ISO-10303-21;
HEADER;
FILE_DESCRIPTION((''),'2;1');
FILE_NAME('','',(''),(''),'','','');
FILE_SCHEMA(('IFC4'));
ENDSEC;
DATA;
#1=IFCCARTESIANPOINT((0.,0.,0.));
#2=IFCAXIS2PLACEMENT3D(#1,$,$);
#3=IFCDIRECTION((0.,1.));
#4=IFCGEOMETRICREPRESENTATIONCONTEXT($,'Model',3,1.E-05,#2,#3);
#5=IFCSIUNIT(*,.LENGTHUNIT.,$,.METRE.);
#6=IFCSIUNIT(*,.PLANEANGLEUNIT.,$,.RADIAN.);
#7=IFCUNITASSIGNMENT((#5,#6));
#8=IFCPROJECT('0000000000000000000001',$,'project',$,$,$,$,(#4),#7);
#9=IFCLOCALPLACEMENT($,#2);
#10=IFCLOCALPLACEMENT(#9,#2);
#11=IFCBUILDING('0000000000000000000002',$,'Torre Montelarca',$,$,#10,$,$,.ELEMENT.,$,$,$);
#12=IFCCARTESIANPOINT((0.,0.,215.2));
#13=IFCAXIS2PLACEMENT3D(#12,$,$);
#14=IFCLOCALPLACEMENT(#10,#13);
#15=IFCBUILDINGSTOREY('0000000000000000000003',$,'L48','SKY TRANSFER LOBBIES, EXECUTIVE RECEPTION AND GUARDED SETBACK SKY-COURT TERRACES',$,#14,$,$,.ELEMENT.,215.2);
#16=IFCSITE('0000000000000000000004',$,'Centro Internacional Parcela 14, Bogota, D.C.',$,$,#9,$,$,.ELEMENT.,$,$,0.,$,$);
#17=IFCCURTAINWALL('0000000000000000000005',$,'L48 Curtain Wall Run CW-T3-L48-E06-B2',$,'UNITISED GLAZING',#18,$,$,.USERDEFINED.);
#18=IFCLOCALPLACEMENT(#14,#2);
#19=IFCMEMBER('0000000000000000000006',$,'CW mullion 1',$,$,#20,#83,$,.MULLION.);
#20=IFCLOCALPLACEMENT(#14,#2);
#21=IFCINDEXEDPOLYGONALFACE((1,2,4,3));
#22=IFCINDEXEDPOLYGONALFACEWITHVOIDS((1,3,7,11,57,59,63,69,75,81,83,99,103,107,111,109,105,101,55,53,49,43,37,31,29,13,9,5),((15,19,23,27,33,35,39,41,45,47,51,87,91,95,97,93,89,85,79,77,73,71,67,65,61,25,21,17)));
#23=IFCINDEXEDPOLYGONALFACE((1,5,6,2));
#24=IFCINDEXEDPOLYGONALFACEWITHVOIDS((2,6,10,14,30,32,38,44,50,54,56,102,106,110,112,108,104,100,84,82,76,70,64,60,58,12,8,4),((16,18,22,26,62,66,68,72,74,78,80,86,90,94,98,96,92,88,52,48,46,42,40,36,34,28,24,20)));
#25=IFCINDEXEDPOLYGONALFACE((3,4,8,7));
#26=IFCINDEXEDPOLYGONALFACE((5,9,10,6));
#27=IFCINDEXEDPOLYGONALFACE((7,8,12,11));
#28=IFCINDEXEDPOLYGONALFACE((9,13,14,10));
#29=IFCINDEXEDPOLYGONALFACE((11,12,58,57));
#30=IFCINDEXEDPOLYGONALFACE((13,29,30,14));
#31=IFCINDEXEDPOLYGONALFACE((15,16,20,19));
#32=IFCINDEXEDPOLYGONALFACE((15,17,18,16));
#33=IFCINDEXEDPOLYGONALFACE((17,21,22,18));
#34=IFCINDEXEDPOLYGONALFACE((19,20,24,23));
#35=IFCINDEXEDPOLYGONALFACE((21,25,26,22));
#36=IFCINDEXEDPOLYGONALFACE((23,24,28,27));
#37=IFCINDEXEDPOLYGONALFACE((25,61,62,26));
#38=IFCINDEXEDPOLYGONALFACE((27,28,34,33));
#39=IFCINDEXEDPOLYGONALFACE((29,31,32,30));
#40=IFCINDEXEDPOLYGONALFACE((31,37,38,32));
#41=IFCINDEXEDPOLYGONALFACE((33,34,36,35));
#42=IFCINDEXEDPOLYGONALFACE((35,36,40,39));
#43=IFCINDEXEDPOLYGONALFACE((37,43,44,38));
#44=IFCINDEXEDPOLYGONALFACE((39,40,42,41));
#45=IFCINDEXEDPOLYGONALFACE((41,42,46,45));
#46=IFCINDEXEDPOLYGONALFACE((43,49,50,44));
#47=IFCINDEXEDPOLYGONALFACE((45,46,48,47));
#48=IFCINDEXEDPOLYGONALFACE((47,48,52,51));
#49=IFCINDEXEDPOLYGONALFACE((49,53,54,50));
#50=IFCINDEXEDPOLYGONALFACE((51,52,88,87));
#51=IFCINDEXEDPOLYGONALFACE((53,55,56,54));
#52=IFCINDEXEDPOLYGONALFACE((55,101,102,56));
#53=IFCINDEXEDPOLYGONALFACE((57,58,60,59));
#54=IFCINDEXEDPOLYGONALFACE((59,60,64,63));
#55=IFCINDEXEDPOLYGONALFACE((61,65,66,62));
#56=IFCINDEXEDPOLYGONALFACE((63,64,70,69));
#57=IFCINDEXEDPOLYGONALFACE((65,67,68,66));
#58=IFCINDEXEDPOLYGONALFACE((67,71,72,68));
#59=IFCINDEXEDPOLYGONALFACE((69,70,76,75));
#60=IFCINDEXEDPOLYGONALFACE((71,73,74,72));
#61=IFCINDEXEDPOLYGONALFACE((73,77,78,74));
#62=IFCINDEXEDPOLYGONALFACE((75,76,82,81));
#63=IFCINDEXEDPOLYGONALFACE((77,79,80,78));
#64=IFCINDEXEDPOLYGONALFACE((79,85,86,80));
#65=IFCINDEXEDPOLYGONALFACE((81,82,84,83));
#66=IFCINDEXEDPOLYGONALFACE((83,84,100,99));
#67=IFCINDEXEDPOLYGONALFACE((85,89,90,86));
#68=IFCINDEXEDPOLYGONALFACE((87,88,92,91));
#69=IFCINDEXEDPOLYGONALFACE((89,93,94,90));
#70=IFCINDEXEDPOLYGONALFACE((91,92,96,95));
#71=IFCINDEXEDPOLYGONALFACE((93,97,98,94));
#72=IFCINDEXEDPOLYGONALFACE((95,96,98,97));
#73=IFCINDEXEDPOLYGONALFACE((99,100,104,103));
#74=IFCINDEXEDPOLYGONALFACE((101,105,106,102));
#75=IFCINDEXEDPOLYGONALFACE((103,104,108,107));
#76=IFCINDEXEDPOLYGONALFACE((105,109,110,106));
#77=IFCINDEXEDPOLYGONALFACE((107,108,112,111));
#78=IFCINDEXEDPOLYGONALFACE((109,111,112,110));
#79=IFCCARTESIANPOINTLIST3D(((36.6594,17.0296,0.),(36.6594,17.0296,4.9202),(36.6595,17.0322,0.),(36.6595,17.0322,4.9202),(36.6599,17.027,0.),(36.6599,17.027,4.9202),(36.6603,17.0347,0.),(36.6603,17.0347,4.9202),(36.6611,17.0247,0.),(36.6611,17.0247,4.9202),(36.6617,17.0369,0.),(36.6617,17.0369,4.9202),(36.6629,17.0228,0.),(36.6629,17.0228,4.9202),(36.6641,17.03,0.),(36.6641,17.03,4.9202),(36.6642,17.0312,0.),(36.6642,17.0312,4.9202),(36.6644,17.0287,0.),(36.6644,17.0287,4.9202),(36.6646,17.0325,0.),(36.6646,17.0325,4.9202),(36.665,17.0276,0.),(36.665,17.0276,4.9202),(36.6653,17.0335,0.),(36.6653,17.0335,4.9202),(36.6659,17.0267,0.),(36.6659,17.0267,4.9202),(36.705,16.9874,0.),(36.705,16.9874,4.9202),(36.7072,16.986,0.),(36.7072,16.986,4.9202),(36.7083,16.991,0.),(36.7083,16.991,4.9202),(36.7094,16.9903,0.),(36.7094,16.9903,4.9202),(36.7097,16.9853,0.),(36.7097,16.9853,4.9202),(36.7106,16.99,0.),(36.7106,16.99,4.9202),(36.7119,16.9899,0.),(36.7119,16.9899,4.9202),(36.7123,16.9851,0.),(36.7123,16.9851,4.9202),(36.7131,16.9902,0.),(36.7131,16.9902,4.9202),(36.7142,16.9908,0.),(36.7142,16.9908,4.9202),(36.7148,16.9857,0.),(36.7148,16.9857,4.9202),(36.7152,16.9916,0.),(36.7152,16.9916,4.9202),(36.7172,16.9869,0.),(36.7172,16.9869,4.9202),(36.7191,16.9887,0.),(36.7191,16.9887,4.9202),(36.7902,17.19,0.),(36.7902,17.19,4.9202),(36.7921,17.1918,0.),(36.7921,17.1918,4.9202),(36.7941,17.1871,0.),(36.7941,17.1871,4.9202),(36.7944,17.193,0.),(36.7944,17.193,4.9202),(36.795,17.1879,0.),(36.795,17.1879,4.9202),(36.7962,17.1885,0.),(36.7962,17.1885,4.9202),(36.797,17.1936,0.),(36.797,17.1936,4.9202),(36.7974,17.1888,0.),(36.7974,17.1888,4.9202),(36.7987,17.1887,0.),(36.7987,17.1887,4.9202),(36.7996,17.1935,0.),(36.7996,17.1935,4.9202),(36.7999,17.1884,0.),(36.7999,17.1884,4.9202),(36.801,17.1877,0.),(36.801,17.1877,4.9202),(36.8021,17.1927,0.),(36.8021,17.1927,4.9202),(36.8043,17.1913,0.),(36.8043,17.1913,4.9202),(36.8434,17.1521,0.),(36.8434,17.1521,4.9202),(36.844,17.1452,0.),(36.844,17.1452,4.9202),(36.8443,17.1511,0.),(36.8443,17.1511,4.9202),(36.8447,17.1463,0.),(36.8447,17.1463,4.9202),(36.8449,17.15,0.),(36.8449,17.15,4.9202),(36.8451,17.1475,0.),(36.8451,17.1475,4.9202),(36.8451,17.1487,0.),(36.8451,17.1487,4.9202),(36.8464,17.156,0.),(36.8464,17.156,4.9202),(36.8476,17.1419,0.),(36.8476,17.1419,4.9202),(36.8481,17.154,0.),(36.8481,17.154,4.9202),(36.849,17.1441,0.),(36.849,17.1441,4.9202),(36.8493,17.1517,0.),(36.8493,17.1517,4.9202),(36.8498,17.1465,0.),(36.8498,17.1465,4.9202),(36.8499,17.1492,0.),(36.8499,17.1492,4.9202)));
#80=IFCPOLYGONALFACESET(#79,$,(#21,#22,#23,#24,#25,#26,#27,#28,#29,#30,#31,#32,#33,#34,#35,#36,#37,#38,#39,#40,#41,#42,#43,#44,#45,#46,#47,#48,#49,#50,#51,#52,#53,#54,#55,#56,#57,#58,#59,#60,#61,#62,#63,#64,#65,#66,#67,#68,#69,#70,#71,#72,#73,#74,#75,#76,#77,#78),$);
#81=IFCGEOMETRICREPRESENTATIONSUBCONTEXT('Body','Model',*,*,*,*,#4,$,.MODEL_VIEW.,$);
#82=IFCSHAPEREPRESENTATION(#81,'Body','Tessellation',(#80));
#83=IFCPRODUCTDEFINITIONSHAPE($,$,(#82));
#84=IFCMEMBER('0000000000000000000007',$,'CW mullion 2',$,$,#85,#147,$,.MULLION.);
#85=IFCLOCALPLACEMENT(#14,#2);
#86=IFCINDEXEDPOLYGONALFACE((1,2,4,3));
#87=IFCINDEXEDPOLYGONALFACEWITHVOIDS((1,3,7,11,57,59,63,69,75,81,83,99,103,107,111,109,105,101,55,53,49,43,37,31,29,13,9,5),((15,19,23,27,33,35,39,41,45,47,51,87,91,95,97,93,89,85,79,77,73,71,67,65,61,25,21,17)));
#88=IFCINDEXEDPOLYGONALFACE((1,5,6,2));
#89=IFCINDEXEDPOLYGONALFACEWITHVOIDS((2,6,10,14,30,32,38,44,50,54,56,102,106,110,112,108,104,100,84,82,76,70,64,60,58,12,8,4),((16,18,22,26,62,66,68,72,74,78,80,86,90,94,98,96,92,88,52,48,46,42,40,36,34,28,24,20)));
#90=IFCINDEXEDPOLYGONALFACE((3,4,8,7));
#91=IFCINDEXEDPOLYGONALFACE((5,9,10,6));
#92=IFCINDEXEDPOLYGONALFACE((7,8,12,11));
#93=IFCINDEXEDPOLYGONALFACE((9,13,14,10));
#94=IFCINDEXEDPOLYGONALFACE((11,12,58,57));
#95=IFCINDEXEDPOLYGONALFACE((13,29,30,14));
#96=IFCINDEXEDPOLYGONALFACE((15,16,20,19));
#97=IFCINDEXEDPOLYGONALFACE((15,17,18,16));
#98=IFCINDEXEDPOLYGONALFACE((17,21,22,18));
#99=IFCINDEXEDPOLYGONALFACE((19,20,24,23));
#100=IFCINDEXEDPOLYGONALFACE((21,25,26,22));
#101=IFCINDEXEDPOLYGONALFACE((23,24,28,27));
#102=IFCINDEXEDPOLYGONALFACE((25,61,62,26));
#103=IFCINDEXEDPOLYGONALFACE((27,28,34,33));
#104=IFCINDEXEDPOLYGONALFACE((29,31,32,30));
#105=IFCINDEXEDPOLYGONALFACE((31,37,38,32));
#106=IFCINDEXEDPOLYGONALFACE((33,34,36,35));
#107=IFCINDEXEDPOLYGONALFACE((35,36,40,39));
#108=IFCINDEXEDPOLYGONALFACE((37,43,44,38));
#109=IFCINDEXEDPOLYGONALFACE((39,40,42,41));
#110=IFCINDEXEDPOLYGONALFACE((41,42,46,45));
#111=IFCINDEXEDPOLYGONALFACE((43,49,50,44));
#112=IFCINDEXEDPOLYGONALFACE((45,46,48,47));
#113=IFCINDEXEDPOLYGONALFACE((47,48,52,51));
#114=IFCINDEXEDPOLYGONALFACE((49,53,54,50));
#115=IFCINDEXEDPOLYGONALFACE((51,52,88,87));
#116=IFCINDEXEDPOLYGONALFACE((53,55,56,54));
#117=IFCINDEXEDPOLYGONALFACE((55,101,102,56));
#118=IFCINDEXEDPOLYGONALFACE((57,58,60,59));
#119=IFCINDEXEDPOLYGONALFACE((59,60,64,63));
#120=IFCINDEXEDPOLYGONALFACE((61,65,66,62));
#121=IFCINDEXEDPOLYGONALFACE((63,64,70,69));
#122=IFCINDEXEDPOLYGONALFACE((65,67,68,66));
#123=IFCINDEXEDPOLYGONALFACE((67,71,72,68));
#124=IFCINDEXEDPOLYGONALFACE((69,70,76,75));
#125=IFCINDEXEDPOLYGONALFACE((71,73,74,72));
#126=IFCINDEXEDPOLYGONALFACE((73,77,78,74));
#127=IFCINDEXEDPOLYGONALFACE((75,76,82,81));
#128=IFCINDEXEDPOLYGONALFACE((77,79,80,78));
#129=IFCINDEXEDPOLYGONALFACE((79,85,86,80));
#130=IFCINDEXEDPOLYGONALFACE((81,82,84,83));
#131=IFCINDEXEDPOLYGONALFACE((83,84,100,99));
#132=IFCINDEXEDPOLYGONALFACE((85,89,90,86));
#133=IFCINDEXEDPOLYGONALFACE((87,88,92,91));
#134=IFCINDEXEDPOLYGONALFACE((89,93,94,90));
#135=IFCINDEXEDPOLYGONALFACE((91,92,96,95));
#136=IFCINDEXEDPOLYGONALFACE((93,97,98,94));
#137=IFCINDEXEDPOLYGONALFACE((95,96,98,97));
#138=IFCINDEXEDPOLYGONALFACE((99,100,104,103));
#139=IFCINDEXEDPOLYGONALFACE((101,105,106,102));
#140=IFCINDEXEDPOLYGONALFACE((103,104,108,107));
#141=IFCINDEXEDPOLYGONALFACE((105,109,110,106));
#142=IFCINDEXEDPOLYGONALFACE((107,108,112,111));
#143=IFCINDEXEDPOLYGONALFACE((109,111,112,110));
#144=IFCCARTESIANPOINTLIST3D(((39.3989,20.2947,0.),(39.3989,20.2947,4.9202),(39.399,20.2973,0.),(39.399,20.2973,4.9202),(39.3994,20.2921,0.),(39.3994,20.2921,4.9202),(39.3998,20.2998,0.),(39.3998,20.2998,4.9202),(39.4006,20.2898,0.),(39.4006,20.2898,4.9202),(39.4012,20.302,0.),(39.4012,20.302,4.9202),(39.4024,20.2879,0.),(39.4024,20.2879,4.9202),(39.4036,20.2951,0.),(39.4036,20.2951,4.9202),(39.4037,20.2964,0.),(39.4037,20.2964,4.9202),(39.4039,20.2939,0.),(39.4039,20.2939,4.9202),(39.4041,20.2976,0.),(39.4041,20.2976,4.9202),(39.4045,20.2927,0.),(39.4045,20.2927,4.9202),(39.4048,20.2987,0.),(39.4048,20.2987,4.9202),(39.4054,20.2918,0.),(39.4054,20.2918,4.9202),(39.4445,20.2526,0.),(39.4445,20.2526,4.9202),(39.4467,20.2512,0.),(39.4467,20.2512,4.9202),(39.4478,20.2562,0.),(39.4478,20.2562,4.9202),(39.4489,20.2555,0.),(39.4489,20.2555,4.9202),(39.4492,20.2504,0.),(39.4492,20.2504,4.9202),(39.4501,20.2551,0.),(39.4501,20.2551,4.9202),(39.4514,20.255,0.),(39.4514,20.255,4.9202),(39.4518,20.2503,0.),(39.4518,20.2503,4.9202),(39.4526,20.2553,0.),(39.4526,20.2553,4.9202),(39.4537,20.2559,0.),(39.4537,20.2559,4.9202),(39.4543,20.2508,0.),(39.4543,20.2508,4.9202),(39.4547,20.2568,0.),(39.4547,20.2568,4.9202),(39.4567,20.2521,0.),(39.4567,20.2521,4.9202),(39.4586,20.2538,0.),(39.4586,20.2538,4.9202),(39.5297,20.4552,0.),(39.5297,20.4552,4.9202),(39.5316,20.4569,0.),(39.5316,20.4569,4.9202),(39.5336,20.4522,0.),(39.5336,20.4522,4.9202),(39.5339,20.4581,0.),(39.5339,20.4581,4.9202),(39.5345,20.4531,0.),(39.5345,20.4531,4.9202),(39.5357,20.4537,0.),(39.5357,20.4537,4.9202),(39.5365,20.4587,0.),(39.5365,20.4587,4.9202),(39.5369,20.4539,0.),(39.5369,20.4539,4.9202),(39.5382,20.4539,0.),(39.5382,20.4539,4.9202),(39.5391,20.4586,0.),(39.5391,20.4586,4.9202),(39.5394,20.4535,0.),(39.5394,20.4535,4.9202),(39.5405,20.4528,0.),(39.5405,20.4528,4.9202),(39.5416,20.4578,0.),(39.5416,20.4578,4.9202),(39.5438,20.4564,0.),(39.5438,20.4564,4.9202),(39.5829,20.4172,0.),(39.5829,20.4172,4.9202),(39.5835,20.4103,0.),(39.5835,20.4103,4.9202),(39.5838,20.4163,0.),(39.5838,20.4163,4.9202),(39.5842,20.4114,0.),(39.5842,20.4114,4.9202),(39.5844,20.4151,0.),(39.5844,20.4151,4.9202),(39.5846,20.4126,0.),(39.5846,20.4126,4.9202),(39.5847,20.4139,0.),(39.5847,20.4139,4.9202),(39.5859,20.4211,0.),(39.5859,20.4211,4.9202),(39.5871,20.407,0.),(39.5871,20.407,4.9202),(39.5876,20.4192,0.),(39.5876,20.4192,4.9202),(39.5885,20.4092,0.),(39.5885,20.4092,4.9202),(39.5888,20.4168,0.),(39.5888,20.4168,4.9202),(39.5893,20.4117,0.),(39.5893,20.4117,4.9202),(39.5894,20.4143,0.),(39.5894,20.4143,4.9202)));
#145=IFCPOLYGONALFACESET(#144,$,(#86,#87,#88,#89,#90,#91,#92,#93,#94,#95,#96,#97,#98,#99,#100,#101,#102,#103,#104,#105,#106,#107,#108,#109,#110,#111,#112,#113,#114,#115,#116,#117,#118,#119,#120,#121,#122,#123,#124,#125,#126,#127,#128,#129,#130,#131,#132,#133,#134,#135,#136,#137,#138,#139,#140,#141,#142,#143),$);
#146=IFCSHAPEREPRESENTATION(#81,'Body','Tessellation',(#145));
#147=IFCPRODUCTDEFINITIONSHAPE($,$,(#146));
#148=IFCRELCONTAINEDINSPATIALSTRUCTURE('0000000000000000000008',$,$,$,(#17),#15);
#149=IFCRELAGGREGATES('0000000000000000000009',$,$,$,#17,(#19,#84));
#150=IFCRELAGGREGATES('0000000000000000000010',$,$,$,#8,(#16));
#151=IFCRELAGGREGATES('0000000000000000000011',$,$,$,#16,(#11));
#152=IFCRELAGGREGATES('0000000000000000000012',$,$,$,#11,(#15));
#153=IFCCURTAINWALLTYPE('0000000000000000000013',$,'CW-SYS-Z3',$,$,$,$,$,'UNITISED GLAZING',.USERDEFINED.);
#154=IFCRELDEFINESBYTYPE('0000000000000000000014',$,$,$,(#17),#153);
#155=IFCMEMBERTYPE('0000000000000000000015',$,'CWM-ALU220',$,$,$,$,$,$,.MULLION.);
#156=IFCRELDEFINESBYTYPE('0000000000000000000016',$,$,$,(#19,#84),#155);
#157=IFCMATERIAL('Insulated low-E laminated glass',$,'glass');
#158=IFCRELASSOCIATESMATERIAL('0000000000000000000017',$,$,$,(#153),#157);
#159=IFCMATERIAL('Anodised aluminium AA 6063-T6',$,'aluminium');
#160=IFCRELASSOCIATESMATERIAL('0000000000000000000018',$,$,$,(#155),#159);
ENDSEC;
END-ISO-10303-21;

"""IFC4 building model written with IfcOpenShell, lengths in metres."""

from ifc_helpers import new_model, si_unit, direction, frame, origin, origin_2d, place, context, subcontext, project, spatial, hollow_rectangle, extrude, source, transform, mapped, material, material_profile, profile_set, type_object, element, aggregate, save


model = new_model("IFC4")

# Units and contexts
model_context = context("Model", 3, precision=1e-05, world=origin(), true_north=direction((0.0, 1.0)))
body_context = subcontext(model_context, "Body", "Model", "MODEL_VIEW")
ifc_project = project(units=[si_unit("LENGTHUNIT", "METRE"), si_unit("PLANEANGLEUNIT", "RADIAN")], contexts=[model_context])

# Site, building, storey
site_placement = place(None, origin())
site = spatial("IfcSite", under=ifc_project, at=site_placement, Name="Centro Internacional Parcela 14, Bogota, D.C.", CompositionType="ELEMENT", RefElevation=0.0)
building_placement = place(site_placement, origin())
building = spatial("IfcBuilding", under=site, at=building_placement, Name="Torre Montelarca", CompositionType="ELEMENT")
storey_placement = place(building_placement, frame((0.0, 0.0, 215.2)))
storey = spatial("IfcBuildingStorey", under=building, at=storey_placement, Name="L48", Description="SKY TRANSFER LOBBIES, EXECUTIVE RECEPTION AND GUARDED SETBACK SKY-COURT TERRACES", CompositionType="ELEMENT", Elevation=215.2)

# Curtain wall, members
ifc_material_1 = material(Name="Insulated low-E laminated glass", Category="glass")
curtain_wall_type = type_object("IfcCurtainWallType", Name="CW-SYS-Z3", ElementType="UNITISED GLAZING", PredefinedType="USERDEFINED", material=ifc_material_1)
ifc_material_2 = material(Name="Anodised aluminium AA 6063-T6", Category="aluminium")
ifc_material_profile_1 = material_profile(ifc_material_2, hollow_rectangle(XDim=0.075, YDim=0.22, WallThickness=0.0049, InnerFilletRadius=0.0049, OuterFilletRadius=0.01, at=origin_2d()), Name="ALU75X220X5", Category="aluminium")
ifc_profile_set_1 = profile_set([ifc_material_profile_1], Name="Anodised aluminium AA 6063-T6")
member_type_1 = type_object("IfcMemberType", Name="CWM-ALU220", PredefinedType="MULLION", material=ifc_profile_set_1)
shared_shape_1 = source(origin(), body_context, "Body", "SweptSolid", [
    extrude(hollow_rectangle(XDim=0.075, YDim=0.22, WallThickness=0.0049, InnerFilletRadius=0.0049, OuterFilletRadius=0.01, at=origin_2d()), origin(), (0.0, 0.0, 1.0), 4.9202),
])
curtain_wall_1_placement = place(storey_placement, origin())
curtain_wall_1 = element("IfcCurtainWall", 1, at=curtain_wall_1_placement, inside=storey, type_object=curtain_wall_type, Name="L48 Curtain Wall Run CW-T3-L48-E06-B2", ObjectType="UNITISED GLAZING", PredefinedType="USERDEFINED")
member_1_placement = place(storey_placement, frame((36.7546, 17.0894, 0.0), z_axis=(0.0, 0.0, 1.0), x_axis=(-0.766049, 0.642782, 0.0)))
member_1 = element("IfcMember", 2, at=member_1_placement, type_object=member_type_1, Name="CW mullion 1", PredefinedType="MULLION", context=body_context, shape_type="MappedRepresentation", body=[
    mapped(shared_shape_1, transform((0.0, 0.0, 0.0), scale=1.0)),
])
member_2_placement = place(storey_placement, frame((39.4941, 20.3545, 0.0), z_axis=(0.0, 0.0, 1.0), x_axis=(-0.766049, 0.642782, 0.0)))
member_2 = element("IfcMember", 3, at=member_2_placement, type_object=member_type_1, Name="CW mullion 2", PredefinedType="MULLION", context=body_context, shape_type="MappedRepresentation", body=[
    mapped(shared_shape_1, transform((0.0, 0.0, 0.0), scale=1.0)),
])

aggregate(curtain_wall_1, [member_1, member_2])

save(model, "model.ifc")
